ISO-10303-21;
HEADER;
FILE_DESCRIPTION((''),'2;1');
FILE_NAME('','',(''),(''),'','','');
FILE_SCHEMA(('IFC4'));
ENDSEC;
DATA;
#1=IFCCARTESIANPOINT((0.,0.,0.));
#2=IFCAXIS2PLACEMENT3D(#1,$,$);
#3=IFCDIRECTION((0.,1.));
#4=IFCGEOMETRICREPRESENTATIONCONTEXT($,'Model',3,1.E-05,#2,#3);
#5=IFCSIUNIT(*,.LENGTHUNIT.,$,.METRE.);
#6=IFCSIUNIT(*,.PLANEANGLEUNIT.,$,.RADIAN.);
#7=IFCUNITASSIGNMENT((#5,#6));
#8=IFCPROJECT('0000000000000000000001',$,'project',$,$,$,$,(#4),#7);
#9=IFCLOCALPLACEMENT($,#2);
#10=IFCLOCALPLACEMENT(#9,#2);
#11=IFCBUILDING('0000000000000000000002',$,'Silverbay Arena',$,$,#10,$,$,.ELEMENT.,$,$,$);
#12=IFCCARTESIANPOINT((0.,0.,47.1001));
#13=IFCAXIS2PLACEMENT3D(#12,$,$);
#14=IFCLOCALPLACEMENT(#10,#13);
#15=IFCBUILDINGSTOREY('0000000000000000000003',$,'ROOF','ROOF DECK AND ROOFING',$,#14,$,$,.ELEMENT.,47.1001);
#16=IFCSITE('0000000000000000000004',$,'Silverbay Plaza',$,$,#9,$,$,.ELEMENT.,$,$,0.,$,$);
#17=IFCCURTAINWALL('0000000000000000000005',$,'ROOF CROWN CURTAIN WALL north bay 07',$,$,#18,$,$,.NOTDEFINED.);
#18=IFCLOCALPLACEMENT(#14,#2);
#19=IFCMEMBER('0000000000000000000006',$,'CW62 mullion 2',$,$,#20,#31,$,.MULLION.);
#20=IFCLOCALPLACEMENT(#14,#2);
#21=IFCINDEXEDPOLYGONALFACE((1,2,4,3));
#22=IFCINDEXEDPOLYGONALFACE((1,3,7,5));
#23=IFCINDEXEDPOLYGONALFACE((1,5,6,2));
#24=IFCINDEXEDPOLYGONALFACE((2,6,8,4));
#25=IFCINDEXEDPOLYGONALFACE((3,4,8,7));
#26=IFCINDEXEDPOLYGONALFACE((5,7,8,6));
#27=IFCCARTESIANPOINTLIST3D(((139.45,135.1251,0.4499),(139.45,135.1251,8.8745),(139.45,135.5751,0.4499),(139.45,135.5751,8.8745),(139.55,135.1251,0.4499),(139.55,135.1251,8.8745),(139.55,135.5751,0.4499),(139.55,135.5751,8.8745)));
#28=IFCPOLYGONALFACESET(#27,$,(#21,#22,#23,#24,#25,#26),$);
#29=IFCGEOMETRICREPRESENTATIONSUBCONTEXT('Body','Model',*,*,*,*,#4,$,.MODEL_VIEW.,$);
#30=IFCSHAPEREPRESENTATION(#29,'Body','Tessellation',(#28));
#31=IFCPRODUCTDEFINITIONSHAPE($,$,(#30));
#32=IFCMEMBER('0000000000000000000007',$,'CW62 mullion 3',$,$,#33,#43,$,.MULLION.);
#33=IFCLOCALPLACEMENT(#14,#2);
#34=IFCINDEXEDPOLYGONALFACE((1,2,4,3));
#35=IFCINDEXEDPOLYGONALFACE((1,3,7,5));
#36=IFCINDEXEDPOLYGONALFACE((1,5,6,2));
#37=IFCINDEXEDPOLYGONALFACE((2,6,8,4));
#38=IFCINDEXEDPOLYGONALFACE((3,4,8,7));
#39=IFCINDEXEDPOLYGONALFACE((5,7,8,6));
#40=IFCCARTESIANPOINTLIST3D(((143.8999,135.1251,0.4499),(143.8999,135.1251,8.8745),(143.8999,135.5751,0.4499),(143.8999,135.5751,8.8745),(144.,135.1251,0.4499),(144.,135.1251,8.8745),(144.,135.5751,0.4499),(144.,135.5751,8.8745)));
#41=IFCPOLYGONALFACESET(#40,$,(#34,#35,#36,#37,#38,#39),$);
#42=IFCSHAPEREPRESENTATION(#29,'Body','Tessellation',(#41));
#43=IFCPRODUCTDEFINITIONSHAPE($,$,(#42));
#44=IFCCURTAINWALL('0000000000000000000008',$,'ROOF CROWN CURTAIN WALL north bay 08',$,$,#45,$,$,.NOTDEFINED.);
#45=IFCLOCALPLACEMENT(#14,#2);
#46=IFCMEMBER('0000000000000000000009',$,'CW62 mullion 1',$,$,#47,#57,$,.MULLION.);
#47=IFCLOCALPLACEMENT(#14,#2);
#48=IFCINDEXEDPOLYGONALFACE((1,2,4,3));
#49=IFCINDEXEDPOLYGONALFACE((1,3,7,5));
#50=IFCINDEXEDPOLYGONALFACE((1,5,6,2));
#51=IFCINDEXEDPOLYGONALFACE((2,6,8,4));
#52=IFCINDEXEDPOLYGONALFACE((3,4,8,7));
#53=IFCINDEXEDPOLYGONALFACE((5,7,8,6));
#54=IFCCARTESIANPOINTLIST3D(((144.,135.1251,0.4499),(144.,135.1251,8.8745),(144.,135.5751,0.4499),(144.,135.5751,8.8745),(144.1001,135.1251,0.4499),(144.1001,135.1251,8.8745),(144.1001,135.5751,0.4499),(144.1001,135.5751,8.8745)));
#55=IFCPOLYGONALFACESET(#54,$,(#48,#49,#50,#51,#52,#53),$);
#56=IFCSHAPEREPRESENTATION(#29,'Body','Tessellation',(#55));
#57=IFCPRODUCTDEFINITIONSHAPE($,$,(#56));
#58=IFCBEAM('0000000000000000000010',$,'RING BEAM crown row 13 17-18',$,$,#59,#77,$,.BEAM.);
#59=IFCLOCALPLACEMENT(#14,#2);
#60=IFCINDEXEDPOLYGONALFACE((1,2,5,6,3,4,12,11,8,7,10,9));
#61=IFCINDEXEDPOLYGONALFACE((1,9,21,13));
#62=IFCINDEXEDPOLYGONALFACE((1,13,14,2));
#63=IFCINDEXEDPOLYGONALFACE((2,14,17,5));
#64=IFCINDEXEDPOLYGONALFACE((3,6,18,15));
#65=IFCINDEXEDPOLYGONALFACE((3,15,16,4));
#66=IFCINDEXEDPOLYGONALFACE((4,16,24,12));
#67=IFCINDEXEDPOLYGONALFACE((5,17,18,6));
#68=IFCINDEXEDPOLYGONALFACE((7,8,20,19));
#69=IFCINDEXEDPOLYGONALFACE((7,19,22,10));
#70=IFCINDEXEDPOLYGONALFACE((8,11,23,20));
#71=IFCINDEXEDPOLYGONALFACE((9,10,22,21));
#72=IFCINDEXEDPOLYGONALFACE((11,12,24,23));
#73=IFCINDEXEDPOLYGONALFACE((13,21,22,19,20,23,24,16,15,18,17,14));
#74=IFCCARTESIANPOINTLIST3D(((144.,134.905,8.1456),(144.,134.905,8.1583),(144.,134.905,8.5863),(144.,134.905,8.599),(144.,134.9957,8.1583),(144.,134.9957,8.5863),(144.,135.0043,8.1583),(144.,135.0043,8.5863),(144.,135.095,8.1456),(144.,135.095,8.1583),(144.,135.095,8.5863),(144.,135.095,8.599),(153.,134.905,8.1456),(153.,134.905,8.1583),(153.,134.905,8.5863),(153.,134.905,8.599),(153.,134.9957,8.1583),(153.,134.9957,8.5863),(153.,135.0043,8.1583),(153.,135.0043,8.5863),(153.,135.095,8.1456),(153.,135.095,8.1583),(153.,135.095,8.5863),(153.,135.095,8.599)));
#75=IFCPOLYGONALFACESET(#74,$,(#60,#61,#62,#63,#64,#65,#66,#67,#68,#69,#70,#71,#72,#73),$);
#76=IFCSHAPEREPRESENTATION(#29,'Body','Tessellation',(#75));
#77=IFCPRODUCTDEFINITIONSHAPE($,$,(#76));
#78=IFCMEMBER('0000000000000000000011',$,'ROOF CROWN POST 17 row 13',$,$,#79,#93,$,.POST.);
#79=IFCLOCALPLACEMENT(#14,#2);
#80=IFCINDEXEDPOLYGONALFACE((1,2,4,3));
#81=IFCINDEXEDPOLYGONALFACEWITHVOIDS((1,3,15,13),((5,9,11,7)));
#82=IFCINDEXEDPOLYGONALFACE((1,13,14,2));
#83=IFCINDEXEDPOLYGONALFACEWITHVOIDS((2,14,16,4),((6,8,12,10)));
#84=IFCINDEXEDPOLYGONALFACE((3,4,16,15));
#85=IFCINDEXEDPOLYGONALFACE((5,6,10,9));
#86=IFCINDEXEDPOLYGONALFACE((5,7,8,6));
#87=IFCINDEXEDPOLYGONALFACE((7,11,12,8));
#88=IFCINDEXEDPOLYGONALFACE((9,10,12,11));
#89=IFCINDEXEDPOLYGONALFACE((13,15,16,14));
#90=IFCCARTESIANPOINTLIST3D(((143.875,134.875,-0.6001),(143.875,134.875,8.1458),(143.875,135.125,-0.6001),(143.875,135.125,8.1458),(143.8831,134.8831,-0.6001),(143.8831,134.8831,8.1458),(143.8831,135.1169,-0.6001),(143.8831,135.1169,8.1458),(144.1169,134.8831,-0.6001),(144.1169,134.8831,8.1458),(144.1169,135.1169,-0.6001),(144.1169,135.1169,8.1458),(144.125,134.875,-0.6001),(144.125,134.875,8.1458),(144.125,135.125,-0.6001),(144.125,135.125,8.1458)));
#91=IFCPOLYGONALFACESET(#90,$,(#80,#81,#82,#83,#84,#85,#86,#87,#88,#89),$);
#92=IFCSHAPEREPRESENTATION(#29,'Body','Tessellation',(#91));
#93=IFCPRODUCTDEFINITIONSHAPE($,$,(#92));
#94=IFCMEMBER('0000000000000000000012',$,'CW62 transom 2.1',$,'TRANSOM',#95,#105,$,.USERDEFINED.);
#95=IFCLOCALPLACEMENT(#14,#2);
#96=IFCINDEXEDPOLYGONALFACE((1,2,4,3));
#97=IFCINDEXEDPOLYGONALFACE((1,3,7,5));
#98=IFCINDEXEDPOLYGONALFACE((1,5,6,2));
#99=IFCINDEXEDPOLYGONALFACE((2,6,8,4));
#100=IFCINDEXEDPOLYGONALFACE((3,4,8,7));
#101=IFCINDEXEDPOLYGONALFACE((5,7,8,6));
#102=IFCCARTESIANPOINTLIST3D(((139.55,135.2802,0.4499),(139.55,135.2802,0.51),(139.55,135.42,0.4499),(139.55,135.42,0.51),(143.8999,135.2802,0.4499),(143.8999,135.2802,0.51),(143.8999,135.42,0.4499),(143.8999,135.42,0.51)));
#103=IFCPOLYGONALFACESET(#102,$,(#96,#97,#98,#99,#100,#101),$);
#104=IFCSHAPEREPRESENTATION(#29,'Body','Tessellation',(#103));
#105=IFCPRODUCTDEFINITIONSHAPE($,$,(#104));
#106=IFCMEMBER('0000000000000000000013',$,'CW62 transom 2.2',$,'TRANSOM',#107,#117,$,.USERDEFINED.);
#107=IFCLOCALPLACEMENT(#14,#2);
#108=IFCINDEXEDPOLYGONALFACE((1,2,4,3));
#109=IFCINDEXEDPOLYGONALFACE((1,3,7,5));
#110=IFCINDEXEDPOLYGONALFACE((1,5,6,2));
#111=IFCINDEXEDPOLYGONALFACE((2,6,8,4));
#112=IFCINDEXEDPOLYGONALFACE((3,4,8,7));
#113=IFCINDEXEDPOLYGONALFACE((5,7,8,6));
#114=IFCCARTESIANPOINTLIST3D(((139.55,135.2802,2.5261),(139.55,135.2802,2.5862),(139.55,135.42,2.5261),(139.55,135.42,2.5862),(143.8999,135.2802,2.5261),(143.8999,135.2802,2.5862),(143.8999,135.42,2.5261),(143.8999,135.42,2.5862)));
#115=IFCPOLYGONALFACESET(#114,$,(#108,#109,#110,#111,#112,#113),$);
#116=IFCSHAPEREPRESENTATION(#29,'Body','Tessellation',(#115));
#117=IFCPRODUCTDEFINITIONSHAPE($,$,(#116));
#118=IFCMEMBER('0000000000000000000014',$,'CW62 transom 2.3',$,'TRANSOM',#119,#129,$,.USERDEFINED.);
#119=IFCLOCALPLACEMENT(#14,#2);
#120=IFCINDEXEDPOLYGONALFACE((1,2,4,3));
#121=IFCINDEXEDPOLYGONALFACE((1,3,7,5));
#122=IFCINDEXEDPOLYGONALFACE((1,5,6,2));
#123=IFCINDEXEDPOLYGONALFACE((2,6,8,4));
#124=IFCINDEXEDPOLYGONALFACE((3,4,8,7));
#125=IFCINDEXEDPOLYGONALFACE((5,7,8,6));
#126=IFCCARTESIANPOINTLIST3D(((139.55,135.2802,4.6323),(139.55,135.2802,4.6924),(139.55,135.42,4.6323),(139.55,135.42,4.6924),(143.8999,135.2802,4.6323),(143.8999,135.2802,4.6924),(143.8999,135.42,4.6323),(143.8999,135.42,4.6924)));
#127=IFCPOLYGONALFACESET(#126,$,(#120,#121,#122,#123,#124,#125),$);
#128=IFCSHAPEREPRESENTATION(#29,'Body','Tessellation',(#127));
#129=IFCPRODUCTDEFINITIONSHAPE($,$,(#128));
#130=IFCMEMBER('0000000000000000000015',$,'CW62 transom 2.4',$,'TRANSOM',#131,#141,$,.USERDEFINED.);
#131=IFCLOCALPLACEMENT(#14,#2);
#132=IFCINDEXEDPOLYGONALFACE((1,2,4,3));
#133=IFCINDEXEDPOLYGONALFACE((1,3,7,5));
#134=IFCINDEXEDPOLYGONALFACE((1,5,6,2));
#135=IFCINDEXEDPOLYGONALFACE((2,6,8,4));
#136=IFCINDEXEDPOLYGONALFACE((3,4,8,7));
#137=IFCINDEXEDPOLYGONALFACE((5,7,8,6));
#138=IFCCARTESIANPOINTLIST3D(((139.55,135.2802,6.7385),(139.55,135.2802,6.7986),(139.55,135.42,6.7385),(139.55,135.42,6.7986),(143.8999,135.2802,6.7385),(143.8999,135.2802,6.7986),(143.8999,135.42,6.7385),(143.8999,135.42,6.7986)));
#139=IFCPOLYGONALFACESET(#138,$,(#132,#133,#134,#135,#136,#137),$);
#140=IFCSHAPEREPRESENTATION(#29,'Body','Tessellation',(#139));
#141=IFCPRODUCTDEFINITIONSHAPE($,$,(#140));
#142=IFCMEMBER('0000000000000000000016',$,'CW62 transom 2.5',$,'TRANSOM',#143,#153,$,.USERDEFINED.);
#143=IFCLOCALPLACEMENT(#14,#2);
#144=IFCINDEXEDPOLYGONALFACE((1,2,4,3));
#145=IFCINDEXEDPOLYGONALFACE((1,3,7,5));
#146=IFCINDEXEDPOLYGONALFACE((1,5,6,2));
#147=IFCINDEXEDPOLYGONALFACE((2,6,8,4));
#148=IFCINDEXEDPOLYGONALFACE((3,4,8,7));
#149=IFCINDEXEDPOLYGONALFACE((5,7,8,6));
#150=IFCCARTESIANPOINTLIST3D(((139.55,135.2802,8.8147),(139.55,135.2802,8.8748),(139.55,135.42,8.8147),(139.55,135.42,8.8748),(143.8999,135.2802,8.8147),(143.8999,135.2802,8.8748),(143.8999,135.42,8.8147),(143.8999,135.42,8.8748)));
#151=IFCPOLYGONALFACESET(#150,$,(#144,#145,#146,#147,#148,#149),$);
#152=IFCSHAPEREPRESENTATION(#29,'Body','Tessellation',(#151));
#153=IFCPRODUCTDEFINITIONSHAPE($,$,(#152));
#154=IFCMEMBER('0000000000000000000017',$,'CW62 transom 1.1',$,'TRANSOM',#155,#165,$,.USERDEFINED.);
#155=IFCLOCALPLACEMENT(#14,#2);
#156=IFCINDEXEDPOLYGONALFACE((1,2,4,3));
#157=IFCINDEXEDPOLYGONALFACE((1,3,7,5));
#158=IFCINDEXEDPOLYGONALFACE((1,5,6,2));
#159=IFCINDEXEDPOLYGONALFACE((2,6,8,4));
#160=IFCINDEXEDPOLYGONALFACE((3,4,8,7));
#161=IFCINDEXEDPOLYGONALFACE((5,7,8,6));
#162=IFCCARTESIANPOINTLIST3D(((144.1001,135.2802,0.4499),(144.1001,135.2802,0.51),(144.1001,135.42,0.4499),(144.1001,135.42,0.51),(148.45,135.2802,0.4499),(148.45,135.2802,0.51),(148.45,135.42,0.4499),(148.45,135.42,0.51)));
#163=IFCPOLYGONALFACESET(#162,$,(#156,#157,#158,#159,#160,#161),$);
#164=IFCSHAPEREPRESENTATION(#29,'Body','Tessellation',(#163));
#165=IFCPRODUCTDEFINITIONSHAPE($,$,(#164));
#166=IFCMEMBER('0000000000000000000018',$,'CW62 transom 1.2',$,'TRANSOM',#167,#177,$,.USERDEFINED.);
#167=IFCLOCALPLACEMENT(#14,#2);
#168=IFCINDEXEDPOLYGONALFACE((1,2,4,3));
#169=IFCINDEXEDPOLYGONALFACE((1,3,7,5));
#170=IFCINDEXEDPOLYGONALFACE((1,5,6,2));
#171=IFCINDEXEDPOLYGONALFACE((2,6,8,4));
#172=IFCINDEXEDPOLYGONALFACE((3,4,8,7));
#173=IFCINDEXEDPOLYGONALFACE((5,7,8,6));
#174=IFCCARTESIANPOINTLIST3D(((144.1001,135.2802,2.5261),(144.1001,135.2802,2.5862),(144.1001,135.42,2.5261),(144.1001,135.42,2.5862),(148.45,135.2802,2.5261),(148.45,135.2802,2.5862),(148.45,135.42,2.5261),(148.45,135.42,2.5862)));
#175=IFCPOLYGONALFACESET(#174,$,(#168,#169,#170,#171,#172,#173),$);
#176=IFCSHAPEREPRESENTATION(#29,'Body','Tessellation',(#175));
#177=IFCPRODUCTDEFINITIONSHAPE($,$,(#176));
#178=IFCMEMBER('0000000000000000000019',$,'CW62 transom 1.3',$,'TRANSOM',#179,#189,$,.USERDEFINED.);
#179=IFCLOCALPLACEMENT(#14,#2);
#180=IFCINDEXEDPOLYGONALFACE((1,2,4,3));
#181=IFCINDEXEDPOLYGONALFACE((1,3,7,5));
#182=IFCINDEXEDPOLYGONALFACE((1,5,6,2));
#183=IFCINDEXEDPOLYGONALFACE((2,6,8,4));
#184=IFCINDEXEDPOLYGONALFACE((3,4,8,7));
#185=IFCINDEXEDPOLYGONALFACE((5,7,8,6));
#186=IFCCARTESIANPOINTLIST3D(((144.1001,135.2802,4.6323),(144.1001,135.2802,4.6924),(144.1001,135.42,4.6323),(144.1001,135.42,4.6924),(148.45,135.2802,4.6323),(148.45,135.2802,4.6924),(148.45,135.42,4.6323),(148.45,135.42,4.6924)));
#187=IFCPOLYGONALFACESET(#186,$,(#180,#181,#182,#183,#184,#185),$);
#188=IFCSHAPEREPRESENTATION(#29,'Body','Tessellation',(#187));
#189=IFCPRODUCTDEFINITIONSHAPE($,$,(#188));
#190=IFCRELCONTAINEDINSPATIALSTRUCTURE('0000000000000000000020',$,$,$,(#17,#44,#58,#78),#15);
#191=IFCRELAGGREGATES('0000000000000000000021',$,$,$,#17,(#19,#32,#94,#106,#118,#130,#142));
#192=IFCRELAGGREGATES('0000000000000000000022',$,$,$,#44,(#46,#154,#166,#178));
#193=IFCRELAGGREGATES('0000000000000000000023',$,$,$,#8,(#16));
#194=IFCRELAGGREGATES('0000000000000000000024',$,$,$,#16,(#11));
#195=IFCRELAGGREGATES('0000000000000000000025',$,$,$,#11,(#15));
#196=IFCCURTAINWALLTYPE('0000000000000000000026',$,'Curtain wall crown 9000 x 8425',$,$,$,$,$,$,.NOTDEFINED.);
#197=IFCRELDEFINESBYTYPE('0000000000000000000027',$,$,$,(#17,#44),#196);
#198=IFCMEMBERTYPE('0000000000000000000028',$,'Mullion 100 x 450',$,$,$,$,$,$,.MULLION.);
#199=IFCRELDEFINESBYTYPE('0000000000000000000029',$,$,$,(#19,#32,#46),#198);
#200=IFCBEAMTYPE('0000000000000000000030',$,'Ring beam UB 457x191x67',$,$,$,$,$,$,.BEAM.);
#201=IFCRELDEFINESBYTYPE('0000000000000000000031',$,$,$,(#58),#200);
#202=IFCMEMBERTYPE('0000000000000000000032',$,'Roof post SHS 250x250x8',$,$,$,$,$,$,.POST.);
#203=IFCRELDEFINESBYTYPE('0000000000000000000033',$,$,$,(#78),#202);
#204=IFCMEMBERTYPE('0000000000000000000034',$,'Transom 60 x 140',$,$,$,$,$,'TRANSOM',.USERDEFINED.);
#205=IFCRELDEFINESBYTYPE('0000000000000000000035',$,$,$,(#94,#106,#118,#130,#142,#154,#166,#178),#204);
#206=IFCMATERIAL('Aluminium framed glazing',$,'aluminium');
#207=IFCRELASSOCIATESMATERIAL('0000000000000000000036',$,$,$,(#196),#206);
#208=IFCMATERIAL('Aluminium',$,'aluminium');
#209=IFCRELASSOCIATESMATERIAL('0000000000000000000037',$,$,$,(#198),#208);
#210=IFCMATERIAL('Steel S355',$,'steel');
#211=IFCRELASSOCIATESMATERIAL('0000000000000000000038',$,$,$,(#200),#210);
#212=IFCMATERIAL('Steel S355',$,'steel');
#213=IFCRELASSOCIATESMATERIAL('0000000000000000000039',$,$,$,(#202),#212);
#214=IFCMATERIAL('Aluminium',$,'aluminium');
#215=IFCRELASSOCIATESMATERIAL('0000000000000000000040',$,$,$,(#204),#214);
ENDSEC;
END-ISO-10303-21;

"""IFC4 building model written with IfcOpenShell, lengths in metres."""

from ifc_helpers import new_model, si_unit, direction, frame, origin, origin_2d, place, context, subcontext, project, spatial, rectangle, hollow_rectangle, i_section, extrude, material, material_profile, profile_set, type_object, element, aggregate, save


model = new_model("IFC4")

# Units and contexts
model_context = context("Model", 3, precision=1e-05, world=origin(), true_north=direction((0.0, 1.0)))
body_context = subcontext(model_context, "Body", "Model", "MODEL_VIEW")
ifc_project = project(units=[si_unit("LENGTHUNIT", "METRE"), si_unit("PLANEANGLEUNIT", "RADIAN")], contexts=[model_context])

# Site, building, storey
site_placement = place(None, origin())
site = spatial("IfcSite", under=ifc_project, at=site_placement, Name="Silverbay Plaza", CompositionType="ELEMENT", RefElevation=0.0)
building_placement = place(site_placement, origin())
building = spatial("IfcBuilding", under=site, at=building_placement, Name="Silverbay Arena", CompositionType="ELEMENT")
storey_placement = place(building_placement, frame((0.0, 0.0, 47.1001)))
storey = spatial("IfcBuildingStorey", under=building, at=storey_placement, Name="ROOF", Description="ROOF DECK AND ROOFING", CompositionType="ELEMENT", Elevation=47.1001)

# Curtain wall, members
ifc_material_1 = material(Name="Aluminium framed glazing", Category="aluminium")
curtain_wall_type = type_object("IfcCurtainWallType", Name="Curtain wall crown 9000 x 8425", PredefinedType="NOTDEFINED", material=ifc_material_1)
curtain_wall_1_placement = place(storey_placement, origin())
curtain_wall_1 = element("IfcCurtainWall", 1, at=curtain_wall_1_placement, inside=storey, type_object=curtain_wall_type, Name="ROOF CROWN CURTAIN WALL north bay 07", PredefinedType="NOTDEFINED")
ifc_material_2 = material(Name="Aluminium", Category="aluminium")
ifc_material_profile_1 = material_profile(ifc_material_2, rectangle(XDim=0.45, YDim=0.1001, at=origin_2d()), Name="Mullion 100 x 450")
ifc_profile_set_1 = profile_set([ifc_material_profile_1], Name="Aluminium")
member_type_1 = type_object("IfcMemberType", Name="Mullion 100 x 450", PredefinedType="MULLION", material=ifc_profile_set_1)
placement = place(building_placement, frame((0.0, 0.0, 33.5)))
member_1_placement = place(placement, frame((139.5, 135.3501, 14.05), z_axis=(0.0, 0.0, 1.0), x_axis=(0.0, 1.0, 0.0)))
member_1 = element("IfcMember", 2, at=member_1_placement, type_object=member_type_1, Name="CW62 mullion 2", PredefinedType="MULLION", context=body_context, shape_type="SweptSolid", body=[
    extrude(rectangle(XDim=0.45, YDim=0.1001, at=origin_2d()), origin(), (0.0, 0.0, 1.0), 8.4246),
])
member_2_placement = place(placement, frame((143.95, 135.3501, 14.05), z_axis=(0.0, 0.0, 1.0), x_axis=(0.0, 1.0, 0.0)))
member_2 = element("IfcMember", 3, at=member_2_placement, type_object=member_type_1, Name="CW62 mullion 3", PredefinedType="MULLION", context=body_context, shape_type="SweptSolid", body=[
    extrude(rectangle(XDim=0.45, YDim=0.1001, at=origin_2d()), origin(), (0.0, 0.0, 1.0), 8.4246),
])

# Curtain wall, member
curtain_wall_2_placement = place(storey_placement, origin())
curtain_wall_2 = element("IfcCurtainWall", 4, at=curtain_wall_2_placement, inside=storey, type_object=curtain_wall_type, Name="ROOF CROWN CURTAIN WALL north bay 08", PredefinedType="NOTDEFINED")
member_3_placement = place(placement, frame((144.05, 135.3501, 14.05), z_axis=(0.0, 0.0, 1.0), x_axis=(0.0, 1.0, 0.0)))
member_3 = element("IfcMember", 5, at=member_3_placement, type_object=member_type_1, Name="CW62 mullion 1", PredefinedType="MULLION", context=body_context, shape_type="SweptSolid", body=[
    extrude(rectangle(XDim=0.45, YDim=0.1001, at=origin_2d()), origin(), (0.0, 0.0, 1.0), 8.4246),
])

# Beam
ifc_material_3 = material(Name="Steel S355", Category="steel")
ifc_material_profile_2 = material_profile(ifc_material_3, i_section(OverallWidth=0.1899, OverallDepth=0.4534, WebThickness=0.0085, FlangeThickness=0.0127, at=origin_2d()), Name="UB 457x191x67")
ifc_profile_set_2 = profile_set([ifc_material_profile_2], Name="Steel S355")
beam_type = type_object("IfcBeamType", Name="Ring beam UB 457x191x67", PredefinedType="BEAM", material=ifc_profile_set_2)
beam_placement = place(storey_placement, frame((144.0, 135.0, 8.3723), z_axis=(1.0, 0.0, 0.0), x_axis=(0.0, 1.0, 0.0)))
element("IfcBeam", 6, at=beam_placement, inside=storey, type_object=beam_type, Name="RING BEAM crown row 13 17-18", PredefinedType="BEAM", context=body_context, shape_type="SweptSolid", body=[
    extrude(i_section(OverallWidth=0.1899, OverallDepth=0.4534, WebThickness=0.0085, FlangeThickness=0.0127, at=origin_2d()), origin(), (0.0, 0.0, 1.0), 9.0),
])

# Members
ifc_material_4 = material(Name="Steel S355", Category="steel")
ifc_material_profile_3 = material_profile(ifc_material_4, hollow_rectangle(XDim=0.25, YDim=0.25, WallThickness=0.0081, at=origin_2d()), Name="SHS 250x250x8")
ifc_profile_set_3 = profile_set([ifc_material_profile_3], Name="Steel S355")
member_type_2 = type_object("IfcMemberType", Name="Roof post SHS 250x250x8", PredefinedType="POST", material=ifc_profile_set_3)
member_4_placement = place(storey_placement, frame((144.0, 135.0, -0.6001), z_axis=(0.0, 0.0, 1.0), x_axis=(1.0, 0.0, 0.0)))
element("IfcMember", 7, at=member_4_placement, inside=storey, type_object=member_type_2, Name="ROOF CROWN POST 17 row 13", PredefinedType="POST", context=body_context, shape_type="SweptSolid", body=[
    extrude(hollow_rectangle(XDim=0.25, YDim=0.25, WallThickness=0.0081, at=origin_2d()), origin(), (0.0, 0.0, 1.0), 8.7458),
])
ifc_material_5 = material(Name="Aluminium", Category="aluminium")
ifc_material_profile_4 = material_profile(ifc_material_5, rectangle(XDim=0.1399, YDim=0.0601, at=origin_2d()), Name="Transom 60 x 140")
ifc_profile_set_4 = profile_set([ifc_material_profile_4], Name="Aluminium")
member_type_3 = type_object("IfcMemberType", Name="Transom 60 x 140", ElementType="TRANSOM", PredefinedType="USERDEFINED", material=ifc_profile_set_4)
member_5_placement = place(placement, frame((139.55, 135.3501, 14.0801), z_axis=(1.0, 0.0, 0.0), x_axis=(0.0, 1.0, 0.0)))
member_5 = element("IfcMember", 8, at=member_5_placement, type_object=member_type_3, Name="CW62 transom 2.1", ObjectType="TRANSOM", PredefinedType="USERDEFINED", context=body_context, shape_type="SweptSolid", body=[
    extrude(rectangle(XDim=0.1399, YDim=0.0601, at=origin_2d()), origin(), (0.0, 0.0, 1.0), 4.3499),
])
member_6_placement = place(placement, frame((139.55, 135.3501, 16.1562), z_axis=(1.0, 0.0, 0.0), x_axis=(0.0, 1.0, 0.0)))
member_6 = element("IfcMember", 9, at=member_6_placement, type_object=member_type_3, Name="CW62 transom 2.2", ObjectType="TRANSOM", PredefinedType="USERDEFINED", context=body_context, shape_type="SweptSolid", body=[
    extrude(rectangle(XDim=0.1399, YDim=0.0601, at=origin_2d()), origin(), (0.0, 0.0, 1.0), 4.3499),
])
member_7_placement = place(placement, frame((139.55, 135.3501, 18.2625), z_axis=(1.0, 0.0, 0.0), x_axis=(0.0, 1.0, 0.0)))
member_7 = element("IfcMember", 10, at=member_7_placement, type_object=member_type_3, Name="CW62 transom 2.3", ObjectType="TRANSOM", PredefinedType="USERDEFINED", context=body_context, shape_type="SweptSolid", body=[
    extrude(rectangle(XDim=0.1399, YDim=0.0601, at=origin_2d()), origin(), (0.0, 0.0, 1.0), 4.3499),
])
member_8_placement = place(placement, frame((139.55, 135.3501, 20.3687), z_axis=(1.0, 0.0, 0.0), x_axis=(0.0, 1.0, 0.0)))
member_8 = element("IfcMember", 11, at=member_8_placement, type_object=member_type_3, Name="CW62 transom 2.4", ObjectType="TRANSOM", PredefinedType="USERDEFINED", context=body_context, shape_type="SweptSolid", body=[
    extrude(rectangle(XDim=0.1399, YDim=0.0601, at=origin_2d()), origin(), (0.0, 0.0, 1.0), 4.3499),
])
member_9_placement = place(placement, frame((139.55, 135.3501, 22.4448), z_axis=(1.0, 0.0, 0.0), x_axis=(0.0, 1.0, 0.0)))
member_9 = element("IfcMember", 12, at=member_9_placement, type_object=member_type_3, Name="CW62 transom 2.5", ObjectType="TRANSOM", PredefinedType="USERDEFINED", context=body_context, shape_type="SweptSolid", body=[
    extrude(rectangle(XDim=0.1399, YDim=0.0601, at=origin_2d()), origin(), (0.0, 0.0, 1.0), 4.3499),
])
member_10_placement = place(placement, frame((144.1001, 135.3501, 14.0801), z_axis=(1.0, 0.0, 0.0), x_axis=(0.0, 1.0, 0.0)))
member_10 = element("IfcMember", 13, at=member_10_placement, type_object=member_type_3, Name="CW62 transom 1.1", ObjectType="TRANSOM", PredefinedType="USERDEFINED", context=body_context, shape_type="SweptSolid", body=[
    extrude(rectangle(XDim=0.1399, YDim=0.0601, at=origin_2d()), origin(), (0.0, 0.0, 1.0), 4.3499),
])
member_11_placement = place(placement, frame((144.1001, 135.3501, 16.1562), z_axis=(1.0, 0.0, 0.0), x_axis=(0.0, 1.0, 0.0)))
member_11 = element("IfcMember", 14, at=member_11_placement, type_object=member_type_3, Name="CW62 transom 1.2", ObjectType="TRANSOM", PredefinedType="USERDEFINED", context=body_context, shape_type="SweptSolid", body=[
    extrude(rectangle(XDim=0.1399, YDim=0.0601, at=origin_2d()), origin(), (0.0, 0.0, 1.0), 4.3499),
])
member_12_placement = place(placement, frame((144.1001, 135.3501, 18.2625), z_axis=(1.0, 0.0, 0.0), x_axis=(0.0, 1.0, 0.0)))
member_12 = element("IfcMember", 15, at=member_12_placement, type_object=member_type_3, Name="CW62 transom 1.3", ObjectType="TRANSOM", PredefinedType="USERDEFINED", context=body_context, shape_type="SweptSolid", body=[
    extrude(rectangle(XDim=0.1399, YDim=0.0601, at=origin_2d()), origin(), (0.0, 0.0, 1.0), 4.3499),
])

aggregate(curtain_wall_1, [member_1, member_2, member_5, member_6, member_7, member_8, member_9])
aggregate(curtain_wall_2, [member_3, member_10, member_11, member_12])

save(model, "model.ifc")
